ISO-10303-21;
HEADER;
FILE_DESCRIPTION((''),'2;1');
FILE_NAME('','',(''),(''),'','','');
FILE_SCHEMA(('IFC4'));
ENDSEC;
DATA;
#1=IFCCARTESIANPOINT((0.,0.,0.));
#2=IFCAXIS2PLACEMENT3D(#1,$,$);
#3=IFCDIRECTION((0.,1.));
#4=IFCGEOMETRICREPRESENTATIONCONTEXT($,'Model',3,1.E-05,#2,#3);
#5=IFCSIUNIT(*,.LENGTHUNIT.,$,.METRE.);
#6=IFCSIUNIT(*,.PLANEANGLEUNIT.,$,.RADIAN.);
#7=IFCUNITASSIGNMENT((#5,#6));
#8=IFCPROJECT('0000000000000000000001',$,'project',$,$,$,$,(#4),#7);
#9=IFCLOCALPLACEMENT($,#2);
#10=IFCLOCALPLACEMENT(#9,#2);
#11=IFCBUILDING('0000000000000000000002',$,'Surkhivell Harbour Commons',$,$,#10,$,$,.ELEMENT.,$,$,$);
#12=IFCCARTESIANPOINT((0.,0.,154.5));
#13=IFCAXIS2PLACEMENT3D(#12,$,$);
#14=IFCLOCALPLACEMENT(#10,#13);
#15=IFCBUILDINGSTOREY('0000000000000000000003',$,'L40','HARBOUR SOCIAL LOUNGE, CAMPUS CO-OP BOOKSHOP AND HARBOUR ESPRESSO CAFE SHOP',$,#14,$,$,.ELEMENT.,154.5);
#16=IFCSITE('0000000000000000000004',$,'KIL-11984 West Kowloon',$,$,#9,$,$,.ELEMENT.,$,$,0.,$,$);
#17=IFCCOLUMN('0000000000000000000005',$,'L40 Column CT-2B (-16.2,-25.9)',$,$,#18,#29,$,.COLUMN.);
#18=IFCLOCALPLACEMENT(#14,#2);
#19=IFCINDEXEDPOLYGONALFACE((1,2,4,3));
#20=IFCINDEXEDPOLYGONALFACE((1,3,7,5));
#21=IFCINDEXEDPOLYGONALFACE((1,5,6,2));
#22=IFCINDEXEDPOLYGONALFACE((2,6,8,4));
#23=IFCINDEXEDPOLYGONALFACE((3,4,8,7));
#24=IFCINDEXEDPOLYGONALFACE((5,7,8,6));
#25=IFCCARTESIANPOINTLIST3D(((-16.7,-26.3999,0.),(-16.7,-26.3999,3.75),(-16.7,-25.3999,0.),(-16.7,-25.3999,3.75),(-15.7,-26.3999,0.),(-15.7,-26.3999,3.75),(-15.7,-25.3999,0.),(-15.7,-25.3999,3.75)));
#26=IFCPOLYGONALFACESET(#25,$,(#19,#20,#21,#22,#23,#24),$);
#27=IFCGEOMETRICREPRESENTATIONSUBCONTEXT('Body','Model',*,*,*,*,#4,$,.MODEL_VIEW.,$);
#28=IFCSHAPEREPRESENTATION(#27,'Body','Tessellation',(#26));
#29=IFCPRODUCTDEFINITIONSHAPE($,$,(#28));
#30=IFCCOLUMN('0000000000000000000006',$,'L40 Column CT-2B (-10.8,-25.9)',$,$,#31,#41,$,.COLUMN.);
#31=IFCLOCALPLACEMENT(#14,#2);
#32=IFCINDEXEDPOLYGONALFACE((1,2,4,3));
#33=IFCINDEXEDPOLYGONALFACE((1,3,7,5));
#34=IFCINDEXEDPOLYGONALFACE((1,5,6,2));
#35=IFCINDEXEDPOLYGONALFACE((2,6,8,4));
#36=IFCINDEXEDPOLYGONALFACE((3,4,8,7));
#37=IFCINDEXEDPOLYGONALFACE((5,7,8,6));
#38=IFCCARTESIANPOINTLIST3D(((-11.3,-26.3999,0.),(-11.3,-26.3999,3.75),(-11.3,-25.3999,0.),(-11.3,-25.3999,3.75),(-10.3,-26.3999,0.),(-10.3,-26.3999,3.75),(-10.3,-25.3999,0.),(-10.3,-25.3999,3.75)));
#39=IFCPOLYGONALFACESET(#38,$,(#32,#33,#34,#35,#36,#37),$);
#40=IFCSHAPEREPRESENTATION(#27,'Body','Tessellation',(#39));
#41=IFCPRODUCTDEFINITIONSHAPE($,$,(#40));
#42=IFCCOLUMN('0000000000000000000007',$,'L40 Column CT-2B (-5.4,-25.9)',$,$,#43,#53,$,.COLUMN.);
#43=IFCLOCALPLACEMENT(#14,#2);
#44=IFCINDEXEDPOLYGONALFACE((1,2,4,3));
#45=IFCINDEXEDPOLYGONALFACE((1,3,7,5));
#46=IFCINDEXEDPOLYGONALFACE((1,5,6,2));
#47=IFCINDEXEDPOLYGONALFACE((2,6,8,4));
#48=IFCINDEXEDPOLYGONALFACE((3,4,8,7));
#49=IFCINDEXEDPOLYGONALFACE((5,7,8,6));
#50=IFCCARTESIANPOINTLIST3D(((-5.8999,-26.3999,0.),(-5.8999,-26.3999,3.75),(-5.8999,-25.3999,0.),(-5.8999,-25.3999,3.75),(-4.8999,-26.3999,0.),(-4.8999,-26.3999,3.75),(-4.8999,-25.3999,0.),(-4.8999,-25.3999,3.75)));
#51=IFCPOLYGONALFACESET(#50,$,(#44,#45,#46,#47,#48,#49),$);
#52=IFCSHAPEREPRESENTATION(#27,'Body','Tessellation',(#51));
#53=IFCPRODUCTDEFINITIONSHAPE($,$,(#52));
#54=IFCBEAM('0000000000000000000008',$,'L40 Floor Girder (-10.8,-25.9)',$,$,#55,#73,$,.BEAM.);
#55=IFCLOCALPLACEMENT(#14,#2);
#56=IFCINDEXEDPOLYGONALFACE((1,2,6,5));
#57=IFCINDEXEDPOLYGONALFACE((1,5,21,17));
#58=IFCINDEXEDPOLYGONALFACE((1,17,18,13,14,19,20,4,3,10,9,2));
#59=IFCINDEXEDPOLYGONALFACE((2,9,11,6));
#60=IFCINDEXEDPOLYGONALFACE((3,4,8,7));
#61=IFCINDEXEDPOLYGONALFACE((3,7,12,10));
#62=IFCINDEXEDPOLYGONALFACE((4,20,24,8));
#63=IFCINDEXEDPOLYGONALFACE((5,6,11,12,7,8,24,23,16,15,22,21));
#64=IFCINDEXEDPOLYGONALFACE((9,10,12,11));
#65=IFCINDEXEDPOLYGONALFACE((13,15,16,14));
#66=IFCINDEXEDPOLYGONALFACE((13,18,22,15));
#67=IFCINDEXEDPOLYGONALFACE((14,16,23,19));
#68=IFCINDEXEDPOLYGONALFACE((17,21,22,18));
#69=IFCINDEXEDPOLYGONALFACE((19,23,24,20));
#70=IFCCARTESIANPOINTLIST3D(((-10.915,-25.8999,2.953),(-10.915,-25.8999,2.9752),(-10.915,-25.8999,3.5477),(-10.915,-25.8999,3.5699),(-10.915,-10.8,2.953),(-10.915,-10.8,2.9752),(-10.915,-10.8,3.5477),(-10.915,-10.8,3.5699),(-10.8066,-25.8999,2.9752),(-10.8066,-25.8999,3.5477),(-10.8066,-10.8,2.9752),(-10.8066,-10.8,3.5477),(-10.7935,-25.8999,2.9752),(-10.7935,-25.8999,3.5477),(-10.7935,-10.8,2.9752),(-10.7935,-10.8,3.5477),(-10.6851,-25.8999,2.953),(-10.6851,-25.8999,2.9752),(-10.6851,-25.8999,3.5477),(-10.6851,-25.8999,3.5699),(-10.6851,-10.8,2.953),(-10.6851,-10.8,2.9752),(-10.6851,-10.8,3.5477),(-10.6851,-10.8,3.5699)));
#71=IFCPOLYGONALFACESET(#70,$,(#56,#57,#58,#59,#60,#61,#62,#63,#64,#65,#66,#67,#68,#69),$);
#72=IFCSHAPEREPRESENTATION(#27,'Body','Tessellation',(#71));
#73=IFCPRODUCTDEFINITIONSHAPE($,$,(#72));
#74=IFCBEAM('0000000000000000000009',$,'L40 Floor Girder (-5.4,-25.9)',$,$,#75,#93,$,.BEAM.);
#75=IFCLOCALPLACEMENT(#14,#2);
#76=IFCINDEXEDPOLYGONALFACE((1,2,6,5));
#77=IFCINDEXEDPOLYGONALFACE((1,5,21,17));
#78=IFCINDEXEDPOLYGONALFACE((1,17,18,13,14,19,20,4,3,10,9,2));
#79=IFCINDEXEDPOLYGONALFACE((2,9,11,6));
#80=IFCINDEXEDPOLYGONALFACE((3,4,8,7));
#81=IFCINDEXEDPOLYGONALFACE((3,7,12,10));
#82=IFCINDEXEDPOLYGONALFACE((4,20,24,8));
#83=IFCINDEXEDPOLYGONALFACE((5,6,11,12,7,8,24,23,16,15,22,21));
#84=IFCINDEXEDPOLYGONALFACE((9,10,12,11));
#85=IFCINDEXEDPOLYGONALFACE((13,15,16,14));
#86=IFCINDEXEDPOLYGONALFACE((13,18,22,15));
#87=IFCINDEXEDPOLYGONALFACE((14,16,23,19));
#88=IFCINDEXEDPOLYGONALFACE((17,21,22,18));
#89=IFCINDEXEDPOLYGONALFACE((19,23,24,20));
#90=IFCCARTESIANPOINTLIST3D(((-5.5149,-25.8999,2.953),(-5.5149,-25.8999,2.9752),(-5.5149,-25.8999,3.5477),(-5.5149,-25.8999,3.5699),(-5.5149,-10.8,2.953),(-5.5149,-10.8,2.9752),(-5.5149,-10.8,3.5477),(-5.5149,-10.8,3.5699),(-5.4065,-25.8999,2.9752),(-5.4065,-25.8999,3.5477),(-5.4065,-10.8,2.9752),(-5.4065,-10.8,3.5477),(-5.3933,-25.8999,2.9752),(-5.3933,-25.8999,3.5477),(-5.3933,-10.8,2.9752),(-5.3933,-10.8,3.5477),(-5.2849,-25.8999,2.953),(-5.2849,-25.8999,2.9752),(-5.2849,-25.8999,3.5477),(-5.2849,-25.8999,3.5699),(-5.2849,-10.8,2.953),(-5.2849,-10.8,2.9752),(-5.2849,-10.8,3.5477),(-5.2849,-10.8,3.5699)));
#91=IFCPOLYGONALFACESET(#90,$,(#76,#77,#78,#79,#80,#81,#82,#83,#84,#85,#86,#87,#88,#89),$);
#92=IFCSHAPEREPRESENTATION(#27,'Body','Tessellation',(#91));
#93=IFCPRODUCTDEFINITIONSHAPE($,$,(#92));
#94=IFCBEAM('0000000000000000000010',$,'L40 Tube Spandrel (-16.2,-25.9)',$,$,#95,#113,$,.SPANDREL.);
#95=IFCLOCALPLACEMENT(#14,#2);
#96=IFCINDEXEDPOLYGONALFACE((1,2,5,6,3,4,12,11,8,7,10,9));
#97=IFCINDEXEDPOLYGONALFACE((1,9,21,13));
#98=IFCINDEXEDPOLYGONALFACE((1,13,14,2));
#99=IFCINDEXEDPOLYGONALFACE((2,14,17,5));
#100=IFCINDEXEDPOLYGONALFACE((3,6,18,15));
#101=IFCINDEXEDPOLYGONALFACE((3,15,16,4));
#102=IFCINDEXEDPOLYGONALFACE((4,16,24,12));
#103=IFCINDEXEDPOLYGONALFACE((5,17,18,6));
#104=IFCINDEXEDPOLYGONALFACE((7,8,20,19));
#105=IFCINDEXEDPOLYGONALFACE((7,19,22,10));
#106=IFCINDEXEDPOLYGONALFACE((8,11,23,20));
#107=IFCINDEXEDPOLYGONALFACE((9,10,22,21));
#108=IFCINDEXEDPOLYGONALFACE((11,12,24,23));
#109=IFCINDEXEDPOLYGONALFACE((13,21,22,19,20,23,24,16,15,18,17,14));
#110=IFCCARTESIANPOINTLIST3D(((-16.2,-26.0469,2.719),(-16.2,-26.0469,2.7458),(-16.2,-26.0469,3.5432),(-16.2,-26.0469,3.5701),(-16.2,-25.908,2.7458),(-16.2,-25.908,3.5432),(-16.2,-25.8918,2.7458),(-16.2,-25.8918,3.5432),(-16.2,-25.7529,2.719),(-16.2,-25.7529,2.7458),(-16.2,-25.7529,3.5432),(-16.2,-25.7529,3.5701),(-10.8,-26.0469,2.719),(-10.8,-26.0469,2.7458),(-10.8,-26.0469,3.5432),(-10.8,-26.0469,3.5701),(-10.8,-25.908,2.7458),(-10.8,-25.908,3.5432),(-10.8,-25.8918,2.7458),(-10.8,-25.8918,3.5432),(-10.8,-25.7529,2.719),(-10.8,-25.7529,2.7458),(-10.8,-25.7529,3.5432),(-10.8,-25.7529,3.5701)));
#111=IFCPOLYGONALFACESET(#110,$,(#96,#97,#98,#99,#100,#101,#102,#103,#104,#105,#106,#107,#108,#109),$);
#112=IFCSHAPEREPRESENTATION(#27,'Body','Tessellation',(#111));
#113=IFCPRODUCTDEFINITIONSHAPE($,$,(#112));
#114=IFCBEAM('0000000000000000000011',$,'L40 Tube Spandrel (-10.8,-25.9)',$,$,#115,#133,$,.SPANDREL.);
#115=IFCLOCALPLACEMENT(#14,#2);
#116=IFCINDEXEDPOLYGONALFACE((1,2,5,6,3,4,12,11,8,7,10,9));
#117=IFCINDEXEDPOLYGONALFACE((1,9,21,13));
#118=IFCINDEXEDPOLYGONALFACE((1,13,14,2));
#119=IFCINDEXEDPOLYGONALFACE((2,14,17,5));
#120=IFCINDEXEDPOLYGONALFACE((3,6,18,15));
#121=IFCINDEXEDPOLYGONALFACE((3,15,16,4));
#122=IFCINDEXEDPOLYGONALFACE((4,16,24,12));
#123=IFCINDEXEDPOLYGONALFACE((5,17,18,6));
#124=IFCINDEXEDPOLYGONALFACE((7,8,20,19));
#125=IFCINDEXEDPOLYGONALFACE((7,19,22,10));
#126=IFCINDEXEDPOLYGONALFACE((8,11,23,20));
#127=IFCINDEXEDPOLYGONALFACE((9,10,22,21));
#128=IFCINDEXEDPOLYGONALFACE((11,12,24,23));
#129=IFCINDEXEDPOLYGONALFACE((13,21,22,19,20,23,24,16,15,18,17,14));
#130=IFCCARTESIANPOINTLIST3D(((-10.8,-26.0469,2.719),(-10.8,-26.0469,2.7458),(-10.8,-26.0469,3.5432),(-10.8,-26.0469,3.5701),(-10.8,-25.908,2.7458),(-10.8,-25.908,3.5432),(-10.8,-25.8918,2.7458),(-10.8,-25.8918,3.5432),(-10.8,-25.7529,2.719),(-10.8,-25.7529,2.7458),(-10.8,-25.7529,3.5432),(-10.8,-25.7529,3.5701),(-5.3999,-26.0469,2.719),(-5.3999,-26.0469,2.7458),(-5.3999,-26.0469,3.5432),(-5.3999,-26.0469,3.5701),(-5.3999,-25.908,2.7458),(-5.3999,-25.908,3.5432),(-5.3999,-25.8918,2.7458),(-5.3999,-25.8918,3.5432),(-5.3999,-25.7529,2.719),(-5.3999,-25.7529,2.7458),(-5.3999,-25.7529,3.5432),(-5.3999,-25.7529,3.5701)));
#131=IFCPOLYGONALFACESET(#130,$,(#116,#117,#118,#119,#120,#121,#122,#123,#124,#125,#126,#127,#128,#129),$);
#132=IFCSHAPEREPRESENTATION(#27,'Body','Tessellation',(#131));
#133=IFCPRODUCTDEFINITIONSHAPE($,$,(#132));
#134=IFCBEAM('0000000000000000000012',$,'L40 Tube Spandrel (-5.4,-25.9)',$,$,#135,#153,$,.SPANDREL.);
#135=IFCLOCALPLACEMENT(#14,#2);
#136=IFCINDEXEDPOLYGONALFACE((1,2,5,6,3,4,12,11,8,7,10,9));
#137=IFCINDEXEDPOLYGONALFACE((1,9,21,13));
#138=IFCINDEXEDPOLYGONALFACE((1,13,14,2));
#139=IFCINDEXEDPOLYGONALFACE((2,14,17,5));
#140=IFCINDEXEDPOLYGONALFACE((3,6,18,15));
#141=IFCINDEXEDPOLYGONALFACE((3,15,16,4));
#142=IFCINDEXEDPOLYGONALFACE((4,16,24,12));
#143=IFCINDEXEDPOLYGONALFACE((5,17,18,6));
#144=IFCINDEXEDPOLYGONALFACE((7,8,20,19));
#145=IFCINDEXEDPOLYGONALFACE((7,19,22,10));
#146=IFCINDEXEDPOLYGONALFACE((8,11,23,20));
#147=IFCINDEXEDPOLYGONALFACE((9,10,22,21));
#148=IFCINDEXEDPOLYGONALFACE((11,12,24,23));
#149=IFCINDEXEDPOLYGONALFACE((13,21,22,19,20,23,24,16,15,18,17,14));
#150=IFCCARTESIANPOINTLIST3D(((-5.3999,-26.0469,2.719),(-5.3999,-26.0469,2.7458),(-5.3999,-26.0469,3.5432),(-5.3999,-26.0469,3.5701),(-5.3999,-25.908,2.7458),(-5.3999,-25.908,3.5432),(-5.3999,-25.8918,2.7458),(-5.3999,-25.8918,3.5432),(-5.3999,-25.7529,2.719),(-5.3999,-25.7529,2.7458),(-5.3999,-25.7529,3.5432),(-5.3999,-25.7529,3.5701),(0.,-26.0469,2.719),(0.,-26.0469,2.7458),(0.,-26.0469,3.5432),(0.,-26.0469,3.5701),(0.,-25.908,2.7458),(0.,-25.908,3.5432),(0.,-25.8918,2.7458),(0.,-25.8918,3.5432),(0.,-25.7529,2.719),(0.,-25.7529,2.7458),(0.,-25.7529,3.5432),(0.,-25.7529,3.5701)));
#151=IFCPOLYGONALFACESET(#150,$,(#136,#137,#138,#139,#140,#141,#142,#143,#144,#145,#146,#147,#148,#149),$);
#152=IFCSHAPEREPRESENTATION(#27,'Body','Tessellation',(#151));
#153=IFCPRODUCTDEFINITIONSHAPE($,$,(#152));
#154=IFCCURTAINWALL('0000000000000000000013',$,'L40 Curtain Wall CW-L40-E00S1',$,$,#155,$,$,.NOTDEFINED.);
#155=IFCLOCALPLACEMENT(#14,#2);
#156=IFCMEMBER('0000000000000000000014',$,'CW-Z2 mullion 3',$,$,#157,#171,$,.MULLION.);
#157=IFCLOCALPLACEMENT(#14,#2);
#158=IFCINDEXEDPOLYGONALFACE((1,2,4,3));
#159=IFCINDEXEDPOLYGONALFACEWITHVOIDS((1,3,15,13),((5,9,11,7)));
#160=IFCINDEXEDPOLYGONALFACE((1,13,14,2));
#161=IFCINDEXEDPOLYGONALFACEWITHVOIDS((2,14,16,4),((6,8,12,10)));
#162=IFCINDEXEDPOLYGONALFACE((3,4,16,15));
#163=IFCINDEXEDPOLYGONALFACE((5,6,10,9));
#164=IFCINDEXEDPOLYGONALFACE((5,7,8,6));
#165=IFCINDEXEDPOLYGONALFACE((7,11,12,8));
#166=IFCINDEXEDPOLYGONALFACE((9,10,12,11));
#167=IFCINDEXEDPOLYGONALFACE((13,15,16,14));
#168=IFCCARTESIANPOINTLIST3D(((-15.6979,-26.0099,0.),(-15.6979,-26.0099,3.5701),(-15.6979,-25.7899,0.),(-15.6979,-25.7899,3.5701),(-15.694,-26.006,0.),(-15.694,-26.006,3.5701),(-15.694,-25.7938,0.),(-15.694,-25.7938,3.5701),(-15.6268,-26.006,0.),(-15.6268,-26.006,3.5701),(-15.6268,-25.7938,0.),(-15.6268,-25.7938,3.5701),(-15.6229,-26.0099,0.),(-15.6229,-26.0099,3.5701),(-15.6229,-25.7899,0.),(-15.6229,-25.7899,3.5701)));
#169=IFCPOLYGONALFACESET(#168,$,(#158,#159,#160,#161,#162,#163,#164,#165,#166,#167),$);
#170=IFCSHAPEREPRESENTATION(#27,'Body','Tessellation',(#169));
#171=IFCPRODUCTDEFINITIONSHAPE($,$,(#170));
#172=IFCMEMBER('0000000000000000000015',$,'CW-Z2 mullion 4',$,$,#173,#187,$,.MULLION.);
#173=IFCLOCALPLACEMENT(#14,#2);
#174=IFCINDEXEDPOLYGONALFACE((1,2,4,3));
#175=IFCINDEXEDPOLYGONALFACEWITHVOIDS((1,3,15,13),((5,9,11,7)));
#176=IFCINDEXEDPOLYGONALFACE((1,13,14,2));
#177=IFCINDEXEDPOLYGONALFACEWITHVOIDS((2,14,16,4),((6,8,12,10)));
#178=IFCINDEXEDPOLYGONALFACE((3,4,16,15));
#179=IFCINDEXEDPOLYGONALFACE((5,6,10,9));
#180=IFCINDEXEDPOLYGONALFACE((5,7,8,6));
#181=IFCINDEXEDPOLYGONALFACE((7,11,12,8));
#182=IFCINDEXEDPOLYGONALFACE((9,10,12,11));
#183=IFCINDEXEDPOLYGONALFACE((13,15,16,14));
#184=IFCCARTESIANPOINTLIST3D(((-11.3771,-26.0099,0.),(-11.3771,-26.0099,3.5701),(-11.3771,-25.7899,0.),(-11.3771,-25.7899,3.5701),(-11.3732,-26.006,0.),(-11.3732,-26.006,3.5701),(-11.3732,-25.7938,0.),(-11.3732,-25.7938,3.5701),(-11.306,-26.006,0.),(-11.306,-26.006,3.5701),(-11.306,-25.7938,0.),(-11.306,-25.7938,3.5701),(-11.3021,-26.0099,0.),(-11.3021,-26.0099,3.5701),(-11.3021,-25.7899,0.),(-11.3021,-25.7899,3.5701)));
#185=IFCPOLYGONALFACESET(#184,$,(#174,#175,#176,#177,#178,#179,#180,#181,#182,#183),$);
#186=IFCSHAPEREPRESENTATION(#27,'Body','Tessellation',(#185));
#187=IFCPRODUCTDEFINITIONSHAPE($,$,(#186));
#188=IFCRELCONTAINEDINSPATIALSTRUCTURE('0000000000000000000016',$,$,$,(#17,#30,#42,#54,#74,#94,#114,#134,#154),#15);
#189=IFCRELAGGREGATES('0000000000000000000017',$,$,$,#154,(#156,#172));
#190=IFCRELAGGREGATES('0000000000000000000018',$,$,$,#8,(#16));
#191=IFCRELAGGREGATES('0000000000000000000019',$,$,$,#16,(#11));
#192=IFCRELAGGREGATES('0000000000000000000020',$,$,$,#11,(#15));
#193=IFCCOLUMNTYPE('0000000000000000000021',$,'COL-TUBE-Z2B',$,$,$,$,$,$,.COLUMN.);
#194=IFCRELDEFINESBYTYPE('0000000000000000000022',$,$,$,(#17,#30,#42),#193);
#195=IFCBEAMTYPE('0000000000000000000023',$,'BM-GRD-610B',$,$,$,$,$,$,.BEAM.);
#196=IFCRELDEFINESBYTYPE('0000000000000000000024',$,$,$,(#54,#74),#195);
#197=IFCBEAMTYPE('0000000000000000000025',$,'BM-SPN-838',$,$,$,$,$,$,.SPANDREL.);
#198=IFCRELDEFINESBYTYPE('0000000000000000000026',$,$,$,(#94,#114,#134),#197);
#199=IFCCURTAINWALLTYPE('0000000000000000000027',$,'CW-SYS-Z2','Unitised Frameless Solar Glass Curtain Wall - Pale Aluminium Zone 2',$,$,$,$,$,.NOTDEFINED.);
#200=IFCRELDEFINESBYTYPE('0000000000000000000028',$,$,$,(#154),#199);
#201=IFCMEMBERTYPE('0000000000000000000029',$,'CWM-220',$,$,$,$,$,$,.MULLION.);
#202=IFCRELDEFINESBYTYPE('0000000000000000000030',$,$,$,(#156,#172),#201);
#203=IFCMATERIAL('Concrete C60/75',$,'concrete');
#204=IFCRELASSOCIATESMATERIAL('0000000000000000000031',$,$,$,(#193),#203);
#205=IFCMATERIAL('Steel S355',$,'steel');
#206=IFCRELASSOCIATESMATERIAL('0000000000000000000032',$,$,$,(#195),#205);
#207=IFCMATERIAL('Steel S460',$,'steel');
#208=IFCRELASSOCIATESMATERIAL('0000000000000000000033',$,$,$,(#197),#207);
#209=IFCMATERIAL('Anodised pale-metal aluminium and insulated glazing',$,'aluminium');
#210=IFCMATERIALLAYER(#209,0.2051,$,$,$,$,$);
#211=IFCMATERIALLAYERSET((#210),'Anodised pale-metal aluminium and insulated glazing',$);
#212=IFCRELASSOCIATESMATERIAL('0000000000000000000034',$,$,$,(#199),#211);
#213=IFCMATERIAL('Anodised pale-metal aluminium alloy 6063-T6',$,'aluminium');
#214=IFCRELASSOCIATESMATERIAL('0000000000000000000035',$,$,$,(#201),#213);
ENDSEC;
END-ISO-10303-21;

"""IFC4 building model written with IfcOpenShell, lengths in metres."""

from ifc_helpers import new_model, si_unit, direction, frame, origin, origin_2d, place, context, subcontext, project, spatial, rectangle, hollow_rectangle, i_section, extrude, material, layer, layer_set, material_profile, profile_set, type_object, element, aggregate, save


model = new_model("IFC4")

# Units and contexts
model_context = context("Model", 3, precision=1e-05, world=origin(), true_north=direction((0.0, 1.0)))
body_context = subcontext(model_context, "Body", "Model", "MODEL_VIEW")
ifc_project = project(units=[si_unit("LENGTHUNIT", "METRE"), si_unit("PLANEANGLEUNIT", "RADIAN")], contexts=[model_context])

# Site, building, storey
site_placement = place(None, origin())
site = spatial("IfcSite", under=ifc_project, at=site_placement, Name="KIL-11984 West Kowloon", CompositionType="ELEMENT", RefElevation=0.0)
building_placement = place(site_placement, origin())
building = spatial("IfcBuilding", under=site, at=building_placement, Name="Surkhivell Harbour Commons", CompositionType="ELEMENT")
storey_placement = place(building_placement, frame((0.0, 0.0, 154.5)))
storey = spatial("IfcBuildingStorey", under=building, at=storey_placement, Name="L40", Description="HARBOUR SOCIAL LOUNGE, CAMPUS CO-OP BOOKSHOP AND HARBOUR ESPRESSO CAFE SHOP", CompositionType="ELEMENT", Elevation=154.5)

# Columns
ifc_material_1 = material(Name="Concrete C60/75", Category="concrete")
ifc_material_profile_1 = material_profile(ifc_material_1, rectangle(XDim=1.0, YDim=1.0, at=origin_2d()), Name="RC-COL-1000x1000")
ifc_profile_set_1 = profile_set([ifc_material_profile_1], Name="Concrete C60/75")
column_type = type_object("IfcColumnType", Name="COL-TUBE-Z2B", PredefinedType="COLUMN", material=ifc_profile_set_1)
for number, where, z_axis, x_axis, name in (
    (1, (-16.2, -25.8999, 0.0), (0.0, 0.0, 1.0), (1.0, 0.0, 0.0), "L40 Column CT-2B (-16.2,-25.9)"),
    (2, (-10.8, -25.8999, 0.0), (0.0, 0.0, 1.0), (1.0, 0.0, 0.0), "L40 Column CT-2B (-10.8,-25.9)"),
    (3, (-5.3999, -25.8999, 0.0), (0.0, 0.0, 1.0), (1.0, 0.0, 0.0), "L40 Column CT-2B (-5.4,-25.9)"),
):
    element("IfcColumn", number, at=place(storey_placement, frame(where, z_axis=z_axis, x_axis=x_axis)), inside=storey, type_object=column_type, Name=name, PredefinedType="COLUMN", context=body_context, shape_type="SweptSolid", body=[
        extrude(rectangle(XDim=1.0, YDim=1.0, at=origin_2d()), origin(), (0.0, 0.0, 1.0), 3.75),
    ])

# Beams
ifc_material_2 = material(Name="Steel S355", Category="steel")
ifc_material_profile_2 = material_profile(ifc_material_2, i_section(OverallWidth=0.23, OverallDepth=0.6169, WebThickness=0.0132, FlangeThickness=0.0222, at=origin_2d()), Name="UB610x229x140")
ifc_profile_set_2 = profile_set([ifc_material_profile_2], Name="Steel S355")
beam_type_1 = type_object("IfcBeamType", Name="BM-GRD-610B", PredefinedType="BEAM", material=ifc_profile_set_2)
for number, where, z_axis, x_axis, name in (
    (4, (-10.8, -25.8999, 3.2615), (0.0, 1.0, 0.0), (-1.0, 0.0, 0.0), "L40 Floor Girder (-10.8,-25.9)"),
    (5, (-5.3999, -25.8999, 3.2615), (0.0, 1.0, 0.0), (-1.0, 0.0, 0.0), "L40 Floor Girder (-5.4,-25.9)"),
):
    element("IfcBeam", number, at=place(storey_placement, frame(where, z_axis=z_axis, x_axis=x_axis)), inside=storey, type_object=beam_type_1, Name=name, PredefinedType="BEAM", context=body_context, shape_type="SweptSolid", body=[
        extrude(i_section(OverallWidth=0.23, OverallDepth=0.6169, WebThickness=0.0132, FlangeThickness=0.0222, at=origin_2d()), origin(), (0.0, 0.0, 1.0), 15.0999),
    ])
ifc_material_3 = material(Name="Steel S460", Category="steel")
ifc_material_profile_3 = material_profile(ifc_material_3, i_section(OverallWidth=0.2939, OverallDepth=0.8511, WebThickness=0.0161, FlangeThickness=0.0269, at=origin_2d()), Name="UB838x292x226")
ifc_profile_set_3 = profile_set([ifc_material_profile_3], Name="Steel S460")
beam_type_2 = type_object("IfcBeamType", Name="BM-SPN-838", PredefinedType="SPANDREL", material=ifc_profile_set_3)
beam_1_placement = place(storey_placement, frame((-16.2, -25.8999, 3.1445), z_axis=(1.0, 0.0, 0.0), x_axis=(0.0, 1.0, 0.0)))
element("IfcBeam", 6, at=beam_1_placement, inside=storey, type_object=beam_type_2, Name="L40 Tube Spandrel (-16.2,-25.9)", PredefinedType="SPANDREL", context=body_context, shape_type="SweptSolid", body=[
    extrude(i_section(OverallWidth=0.2939, OverallDepth=0.8511, WebThickness=0.0161, FlangeThickness=0.0269, at=origin_2d()), origin(), (0.0, 0.0, 1.0), 5.3999),
])
beam_2_placement = place(storey_placement, frame((-10.8, -25.8999, 3.1445), z_axis=(1.0, 0.0, 0.0), x_axis=(0.0, 1.0, 0.0)))
element("IfcBeam", 7, at=beam_2_placement, inside=storey, type_object=beam_type_2, Name="L40 Tube Spandrel (-10.8,-25.9)", PredefinedType="SPANDREL", context=body_context, shape_type="SweptSolid", body=[
    extrude(i_section(OverallWidth=0.2939, OverallDepth=0.8511, WebThickness=0.0161, FlangeThickness=0.0269, at=origin_2d()), origin(), (0.0, 0.0, 1.0), 5.4001),
])
beam_3_placement = place(storey_placement, frame((-5.3999, -25.8999, 3.1445), z_axis=(1.0, 0.0, 0.0), x_axis=(0.0, 1.0, 0.0)))
element("IfcBeam", 8, at=beam_3_placement, inside=storey, type_object=beam_type_2, Name="L40 Tube Spandrel (-5.4,-25.9)", PredefinedType="SPANDREL", context=body_context, shape_type="SweptSolid", body=[
    extrude(i_section(OverallWidth=0.2939, OverallDepth=0.8511, WebThickness=0.0161, FlangeThickness=0.0269, at=origin_2d()), origin(), (0.0, 0.0, 1.0), 5.3999),
])

# Curtain wall, members
ifc_material_4 = material(Name="Anodised pale-metal aluminium and insulated glazing", Category="aluminium")
ifc_layer_1 = layer(ifc_material_4, 0.2051)
ifc_layer_set_1 = layer_set([ifc_layer_1], Name="Anodised pale-metal aluminium and insulated glazing")
curtain_wall_type = type_object("IfcCurtainWallType", Name="CW-SYS-Z2", Description="Unitised Frameless Solar Glass Curtain Wall - Pale Aluminium Zone 2", PredefinedType="NOTDEFINED", material=ifc_layer_set_1)
curtain_wall_1_placement = place(storey_placement, origin())
curtain_wall_1 = element("IfcCurtainWall", 9, at=curtain_wall_1_placement, inside=storey, type_object=curtain_wall_type, Name="L40 Curtain Wall CW-L40-E00S1", PredefinedType="NOTDEFINED")
ifc_material_5 = material(Name="Anodised pale-metal aluminium alloy 6063-T6", Category="aluminium")
ifc_material_profile_4 = material_profile(ifc_material_5, hollow_rectangle(XDim=0.075, YDim=0.22, WallThickness=0.0039, at=origin_2d()), Name="ALU-MULL-75x220")
ifc_profile_set_4 = profile_set([ifc_material_profile_4], Name="Anodised pale-metal aluminium alloy 6063-T6")
member_type_1 = type_object("IfcMemberType", Name="CWM-220", PredefinedType="MULLION", material=ifc_profile_set_4)
member_1_placement = place(storey_placement, frame((-15.6604, -25.8999, 0.0), z_axis=(0.0, 0.0, 1.0), x_axis=(1.0, 0.0, 0.0)))
member_1 = element("IfcMember", 10, at=member_1_placement, type_object=member_type_1, Name="CW-Z2 mullion 3", PredefinedType="MULLION", context=body_context, shape_type="SweptSolid", body=[
    extrude(hollow_rectangle(XDim=0.075, YDim=0.22, WallThickness=0.0039, at=origin_2d()), origin(), (0.0, 0.0, 1.0), 3.5701),
])
member_2_placement = place(storey_placement, frame((-11.3396, -25.8999, 0.0), z_axis=(0.0, 0.0, 1.0), x_axis=(1.0, 0.0, 0.0)))
member_2 = element("IfcMember", 11, at=member_2_placement, type_object=member_type_1, Name="CW-Z2 mullion 4", PredefinedType="MULLION", context=body_context, shape_type="SweptSolid", body=[
    extrude(hollow_rectangle(XDim=0.075, YDim=0.22, WallThickness=0.0039, at=origin_2d()), origin(), (0.0, 0.0, 1.0), 3.5701),
])

aggregate(curtain_wall_1, [member_1, member_2])

save(model, "model.ifc")
